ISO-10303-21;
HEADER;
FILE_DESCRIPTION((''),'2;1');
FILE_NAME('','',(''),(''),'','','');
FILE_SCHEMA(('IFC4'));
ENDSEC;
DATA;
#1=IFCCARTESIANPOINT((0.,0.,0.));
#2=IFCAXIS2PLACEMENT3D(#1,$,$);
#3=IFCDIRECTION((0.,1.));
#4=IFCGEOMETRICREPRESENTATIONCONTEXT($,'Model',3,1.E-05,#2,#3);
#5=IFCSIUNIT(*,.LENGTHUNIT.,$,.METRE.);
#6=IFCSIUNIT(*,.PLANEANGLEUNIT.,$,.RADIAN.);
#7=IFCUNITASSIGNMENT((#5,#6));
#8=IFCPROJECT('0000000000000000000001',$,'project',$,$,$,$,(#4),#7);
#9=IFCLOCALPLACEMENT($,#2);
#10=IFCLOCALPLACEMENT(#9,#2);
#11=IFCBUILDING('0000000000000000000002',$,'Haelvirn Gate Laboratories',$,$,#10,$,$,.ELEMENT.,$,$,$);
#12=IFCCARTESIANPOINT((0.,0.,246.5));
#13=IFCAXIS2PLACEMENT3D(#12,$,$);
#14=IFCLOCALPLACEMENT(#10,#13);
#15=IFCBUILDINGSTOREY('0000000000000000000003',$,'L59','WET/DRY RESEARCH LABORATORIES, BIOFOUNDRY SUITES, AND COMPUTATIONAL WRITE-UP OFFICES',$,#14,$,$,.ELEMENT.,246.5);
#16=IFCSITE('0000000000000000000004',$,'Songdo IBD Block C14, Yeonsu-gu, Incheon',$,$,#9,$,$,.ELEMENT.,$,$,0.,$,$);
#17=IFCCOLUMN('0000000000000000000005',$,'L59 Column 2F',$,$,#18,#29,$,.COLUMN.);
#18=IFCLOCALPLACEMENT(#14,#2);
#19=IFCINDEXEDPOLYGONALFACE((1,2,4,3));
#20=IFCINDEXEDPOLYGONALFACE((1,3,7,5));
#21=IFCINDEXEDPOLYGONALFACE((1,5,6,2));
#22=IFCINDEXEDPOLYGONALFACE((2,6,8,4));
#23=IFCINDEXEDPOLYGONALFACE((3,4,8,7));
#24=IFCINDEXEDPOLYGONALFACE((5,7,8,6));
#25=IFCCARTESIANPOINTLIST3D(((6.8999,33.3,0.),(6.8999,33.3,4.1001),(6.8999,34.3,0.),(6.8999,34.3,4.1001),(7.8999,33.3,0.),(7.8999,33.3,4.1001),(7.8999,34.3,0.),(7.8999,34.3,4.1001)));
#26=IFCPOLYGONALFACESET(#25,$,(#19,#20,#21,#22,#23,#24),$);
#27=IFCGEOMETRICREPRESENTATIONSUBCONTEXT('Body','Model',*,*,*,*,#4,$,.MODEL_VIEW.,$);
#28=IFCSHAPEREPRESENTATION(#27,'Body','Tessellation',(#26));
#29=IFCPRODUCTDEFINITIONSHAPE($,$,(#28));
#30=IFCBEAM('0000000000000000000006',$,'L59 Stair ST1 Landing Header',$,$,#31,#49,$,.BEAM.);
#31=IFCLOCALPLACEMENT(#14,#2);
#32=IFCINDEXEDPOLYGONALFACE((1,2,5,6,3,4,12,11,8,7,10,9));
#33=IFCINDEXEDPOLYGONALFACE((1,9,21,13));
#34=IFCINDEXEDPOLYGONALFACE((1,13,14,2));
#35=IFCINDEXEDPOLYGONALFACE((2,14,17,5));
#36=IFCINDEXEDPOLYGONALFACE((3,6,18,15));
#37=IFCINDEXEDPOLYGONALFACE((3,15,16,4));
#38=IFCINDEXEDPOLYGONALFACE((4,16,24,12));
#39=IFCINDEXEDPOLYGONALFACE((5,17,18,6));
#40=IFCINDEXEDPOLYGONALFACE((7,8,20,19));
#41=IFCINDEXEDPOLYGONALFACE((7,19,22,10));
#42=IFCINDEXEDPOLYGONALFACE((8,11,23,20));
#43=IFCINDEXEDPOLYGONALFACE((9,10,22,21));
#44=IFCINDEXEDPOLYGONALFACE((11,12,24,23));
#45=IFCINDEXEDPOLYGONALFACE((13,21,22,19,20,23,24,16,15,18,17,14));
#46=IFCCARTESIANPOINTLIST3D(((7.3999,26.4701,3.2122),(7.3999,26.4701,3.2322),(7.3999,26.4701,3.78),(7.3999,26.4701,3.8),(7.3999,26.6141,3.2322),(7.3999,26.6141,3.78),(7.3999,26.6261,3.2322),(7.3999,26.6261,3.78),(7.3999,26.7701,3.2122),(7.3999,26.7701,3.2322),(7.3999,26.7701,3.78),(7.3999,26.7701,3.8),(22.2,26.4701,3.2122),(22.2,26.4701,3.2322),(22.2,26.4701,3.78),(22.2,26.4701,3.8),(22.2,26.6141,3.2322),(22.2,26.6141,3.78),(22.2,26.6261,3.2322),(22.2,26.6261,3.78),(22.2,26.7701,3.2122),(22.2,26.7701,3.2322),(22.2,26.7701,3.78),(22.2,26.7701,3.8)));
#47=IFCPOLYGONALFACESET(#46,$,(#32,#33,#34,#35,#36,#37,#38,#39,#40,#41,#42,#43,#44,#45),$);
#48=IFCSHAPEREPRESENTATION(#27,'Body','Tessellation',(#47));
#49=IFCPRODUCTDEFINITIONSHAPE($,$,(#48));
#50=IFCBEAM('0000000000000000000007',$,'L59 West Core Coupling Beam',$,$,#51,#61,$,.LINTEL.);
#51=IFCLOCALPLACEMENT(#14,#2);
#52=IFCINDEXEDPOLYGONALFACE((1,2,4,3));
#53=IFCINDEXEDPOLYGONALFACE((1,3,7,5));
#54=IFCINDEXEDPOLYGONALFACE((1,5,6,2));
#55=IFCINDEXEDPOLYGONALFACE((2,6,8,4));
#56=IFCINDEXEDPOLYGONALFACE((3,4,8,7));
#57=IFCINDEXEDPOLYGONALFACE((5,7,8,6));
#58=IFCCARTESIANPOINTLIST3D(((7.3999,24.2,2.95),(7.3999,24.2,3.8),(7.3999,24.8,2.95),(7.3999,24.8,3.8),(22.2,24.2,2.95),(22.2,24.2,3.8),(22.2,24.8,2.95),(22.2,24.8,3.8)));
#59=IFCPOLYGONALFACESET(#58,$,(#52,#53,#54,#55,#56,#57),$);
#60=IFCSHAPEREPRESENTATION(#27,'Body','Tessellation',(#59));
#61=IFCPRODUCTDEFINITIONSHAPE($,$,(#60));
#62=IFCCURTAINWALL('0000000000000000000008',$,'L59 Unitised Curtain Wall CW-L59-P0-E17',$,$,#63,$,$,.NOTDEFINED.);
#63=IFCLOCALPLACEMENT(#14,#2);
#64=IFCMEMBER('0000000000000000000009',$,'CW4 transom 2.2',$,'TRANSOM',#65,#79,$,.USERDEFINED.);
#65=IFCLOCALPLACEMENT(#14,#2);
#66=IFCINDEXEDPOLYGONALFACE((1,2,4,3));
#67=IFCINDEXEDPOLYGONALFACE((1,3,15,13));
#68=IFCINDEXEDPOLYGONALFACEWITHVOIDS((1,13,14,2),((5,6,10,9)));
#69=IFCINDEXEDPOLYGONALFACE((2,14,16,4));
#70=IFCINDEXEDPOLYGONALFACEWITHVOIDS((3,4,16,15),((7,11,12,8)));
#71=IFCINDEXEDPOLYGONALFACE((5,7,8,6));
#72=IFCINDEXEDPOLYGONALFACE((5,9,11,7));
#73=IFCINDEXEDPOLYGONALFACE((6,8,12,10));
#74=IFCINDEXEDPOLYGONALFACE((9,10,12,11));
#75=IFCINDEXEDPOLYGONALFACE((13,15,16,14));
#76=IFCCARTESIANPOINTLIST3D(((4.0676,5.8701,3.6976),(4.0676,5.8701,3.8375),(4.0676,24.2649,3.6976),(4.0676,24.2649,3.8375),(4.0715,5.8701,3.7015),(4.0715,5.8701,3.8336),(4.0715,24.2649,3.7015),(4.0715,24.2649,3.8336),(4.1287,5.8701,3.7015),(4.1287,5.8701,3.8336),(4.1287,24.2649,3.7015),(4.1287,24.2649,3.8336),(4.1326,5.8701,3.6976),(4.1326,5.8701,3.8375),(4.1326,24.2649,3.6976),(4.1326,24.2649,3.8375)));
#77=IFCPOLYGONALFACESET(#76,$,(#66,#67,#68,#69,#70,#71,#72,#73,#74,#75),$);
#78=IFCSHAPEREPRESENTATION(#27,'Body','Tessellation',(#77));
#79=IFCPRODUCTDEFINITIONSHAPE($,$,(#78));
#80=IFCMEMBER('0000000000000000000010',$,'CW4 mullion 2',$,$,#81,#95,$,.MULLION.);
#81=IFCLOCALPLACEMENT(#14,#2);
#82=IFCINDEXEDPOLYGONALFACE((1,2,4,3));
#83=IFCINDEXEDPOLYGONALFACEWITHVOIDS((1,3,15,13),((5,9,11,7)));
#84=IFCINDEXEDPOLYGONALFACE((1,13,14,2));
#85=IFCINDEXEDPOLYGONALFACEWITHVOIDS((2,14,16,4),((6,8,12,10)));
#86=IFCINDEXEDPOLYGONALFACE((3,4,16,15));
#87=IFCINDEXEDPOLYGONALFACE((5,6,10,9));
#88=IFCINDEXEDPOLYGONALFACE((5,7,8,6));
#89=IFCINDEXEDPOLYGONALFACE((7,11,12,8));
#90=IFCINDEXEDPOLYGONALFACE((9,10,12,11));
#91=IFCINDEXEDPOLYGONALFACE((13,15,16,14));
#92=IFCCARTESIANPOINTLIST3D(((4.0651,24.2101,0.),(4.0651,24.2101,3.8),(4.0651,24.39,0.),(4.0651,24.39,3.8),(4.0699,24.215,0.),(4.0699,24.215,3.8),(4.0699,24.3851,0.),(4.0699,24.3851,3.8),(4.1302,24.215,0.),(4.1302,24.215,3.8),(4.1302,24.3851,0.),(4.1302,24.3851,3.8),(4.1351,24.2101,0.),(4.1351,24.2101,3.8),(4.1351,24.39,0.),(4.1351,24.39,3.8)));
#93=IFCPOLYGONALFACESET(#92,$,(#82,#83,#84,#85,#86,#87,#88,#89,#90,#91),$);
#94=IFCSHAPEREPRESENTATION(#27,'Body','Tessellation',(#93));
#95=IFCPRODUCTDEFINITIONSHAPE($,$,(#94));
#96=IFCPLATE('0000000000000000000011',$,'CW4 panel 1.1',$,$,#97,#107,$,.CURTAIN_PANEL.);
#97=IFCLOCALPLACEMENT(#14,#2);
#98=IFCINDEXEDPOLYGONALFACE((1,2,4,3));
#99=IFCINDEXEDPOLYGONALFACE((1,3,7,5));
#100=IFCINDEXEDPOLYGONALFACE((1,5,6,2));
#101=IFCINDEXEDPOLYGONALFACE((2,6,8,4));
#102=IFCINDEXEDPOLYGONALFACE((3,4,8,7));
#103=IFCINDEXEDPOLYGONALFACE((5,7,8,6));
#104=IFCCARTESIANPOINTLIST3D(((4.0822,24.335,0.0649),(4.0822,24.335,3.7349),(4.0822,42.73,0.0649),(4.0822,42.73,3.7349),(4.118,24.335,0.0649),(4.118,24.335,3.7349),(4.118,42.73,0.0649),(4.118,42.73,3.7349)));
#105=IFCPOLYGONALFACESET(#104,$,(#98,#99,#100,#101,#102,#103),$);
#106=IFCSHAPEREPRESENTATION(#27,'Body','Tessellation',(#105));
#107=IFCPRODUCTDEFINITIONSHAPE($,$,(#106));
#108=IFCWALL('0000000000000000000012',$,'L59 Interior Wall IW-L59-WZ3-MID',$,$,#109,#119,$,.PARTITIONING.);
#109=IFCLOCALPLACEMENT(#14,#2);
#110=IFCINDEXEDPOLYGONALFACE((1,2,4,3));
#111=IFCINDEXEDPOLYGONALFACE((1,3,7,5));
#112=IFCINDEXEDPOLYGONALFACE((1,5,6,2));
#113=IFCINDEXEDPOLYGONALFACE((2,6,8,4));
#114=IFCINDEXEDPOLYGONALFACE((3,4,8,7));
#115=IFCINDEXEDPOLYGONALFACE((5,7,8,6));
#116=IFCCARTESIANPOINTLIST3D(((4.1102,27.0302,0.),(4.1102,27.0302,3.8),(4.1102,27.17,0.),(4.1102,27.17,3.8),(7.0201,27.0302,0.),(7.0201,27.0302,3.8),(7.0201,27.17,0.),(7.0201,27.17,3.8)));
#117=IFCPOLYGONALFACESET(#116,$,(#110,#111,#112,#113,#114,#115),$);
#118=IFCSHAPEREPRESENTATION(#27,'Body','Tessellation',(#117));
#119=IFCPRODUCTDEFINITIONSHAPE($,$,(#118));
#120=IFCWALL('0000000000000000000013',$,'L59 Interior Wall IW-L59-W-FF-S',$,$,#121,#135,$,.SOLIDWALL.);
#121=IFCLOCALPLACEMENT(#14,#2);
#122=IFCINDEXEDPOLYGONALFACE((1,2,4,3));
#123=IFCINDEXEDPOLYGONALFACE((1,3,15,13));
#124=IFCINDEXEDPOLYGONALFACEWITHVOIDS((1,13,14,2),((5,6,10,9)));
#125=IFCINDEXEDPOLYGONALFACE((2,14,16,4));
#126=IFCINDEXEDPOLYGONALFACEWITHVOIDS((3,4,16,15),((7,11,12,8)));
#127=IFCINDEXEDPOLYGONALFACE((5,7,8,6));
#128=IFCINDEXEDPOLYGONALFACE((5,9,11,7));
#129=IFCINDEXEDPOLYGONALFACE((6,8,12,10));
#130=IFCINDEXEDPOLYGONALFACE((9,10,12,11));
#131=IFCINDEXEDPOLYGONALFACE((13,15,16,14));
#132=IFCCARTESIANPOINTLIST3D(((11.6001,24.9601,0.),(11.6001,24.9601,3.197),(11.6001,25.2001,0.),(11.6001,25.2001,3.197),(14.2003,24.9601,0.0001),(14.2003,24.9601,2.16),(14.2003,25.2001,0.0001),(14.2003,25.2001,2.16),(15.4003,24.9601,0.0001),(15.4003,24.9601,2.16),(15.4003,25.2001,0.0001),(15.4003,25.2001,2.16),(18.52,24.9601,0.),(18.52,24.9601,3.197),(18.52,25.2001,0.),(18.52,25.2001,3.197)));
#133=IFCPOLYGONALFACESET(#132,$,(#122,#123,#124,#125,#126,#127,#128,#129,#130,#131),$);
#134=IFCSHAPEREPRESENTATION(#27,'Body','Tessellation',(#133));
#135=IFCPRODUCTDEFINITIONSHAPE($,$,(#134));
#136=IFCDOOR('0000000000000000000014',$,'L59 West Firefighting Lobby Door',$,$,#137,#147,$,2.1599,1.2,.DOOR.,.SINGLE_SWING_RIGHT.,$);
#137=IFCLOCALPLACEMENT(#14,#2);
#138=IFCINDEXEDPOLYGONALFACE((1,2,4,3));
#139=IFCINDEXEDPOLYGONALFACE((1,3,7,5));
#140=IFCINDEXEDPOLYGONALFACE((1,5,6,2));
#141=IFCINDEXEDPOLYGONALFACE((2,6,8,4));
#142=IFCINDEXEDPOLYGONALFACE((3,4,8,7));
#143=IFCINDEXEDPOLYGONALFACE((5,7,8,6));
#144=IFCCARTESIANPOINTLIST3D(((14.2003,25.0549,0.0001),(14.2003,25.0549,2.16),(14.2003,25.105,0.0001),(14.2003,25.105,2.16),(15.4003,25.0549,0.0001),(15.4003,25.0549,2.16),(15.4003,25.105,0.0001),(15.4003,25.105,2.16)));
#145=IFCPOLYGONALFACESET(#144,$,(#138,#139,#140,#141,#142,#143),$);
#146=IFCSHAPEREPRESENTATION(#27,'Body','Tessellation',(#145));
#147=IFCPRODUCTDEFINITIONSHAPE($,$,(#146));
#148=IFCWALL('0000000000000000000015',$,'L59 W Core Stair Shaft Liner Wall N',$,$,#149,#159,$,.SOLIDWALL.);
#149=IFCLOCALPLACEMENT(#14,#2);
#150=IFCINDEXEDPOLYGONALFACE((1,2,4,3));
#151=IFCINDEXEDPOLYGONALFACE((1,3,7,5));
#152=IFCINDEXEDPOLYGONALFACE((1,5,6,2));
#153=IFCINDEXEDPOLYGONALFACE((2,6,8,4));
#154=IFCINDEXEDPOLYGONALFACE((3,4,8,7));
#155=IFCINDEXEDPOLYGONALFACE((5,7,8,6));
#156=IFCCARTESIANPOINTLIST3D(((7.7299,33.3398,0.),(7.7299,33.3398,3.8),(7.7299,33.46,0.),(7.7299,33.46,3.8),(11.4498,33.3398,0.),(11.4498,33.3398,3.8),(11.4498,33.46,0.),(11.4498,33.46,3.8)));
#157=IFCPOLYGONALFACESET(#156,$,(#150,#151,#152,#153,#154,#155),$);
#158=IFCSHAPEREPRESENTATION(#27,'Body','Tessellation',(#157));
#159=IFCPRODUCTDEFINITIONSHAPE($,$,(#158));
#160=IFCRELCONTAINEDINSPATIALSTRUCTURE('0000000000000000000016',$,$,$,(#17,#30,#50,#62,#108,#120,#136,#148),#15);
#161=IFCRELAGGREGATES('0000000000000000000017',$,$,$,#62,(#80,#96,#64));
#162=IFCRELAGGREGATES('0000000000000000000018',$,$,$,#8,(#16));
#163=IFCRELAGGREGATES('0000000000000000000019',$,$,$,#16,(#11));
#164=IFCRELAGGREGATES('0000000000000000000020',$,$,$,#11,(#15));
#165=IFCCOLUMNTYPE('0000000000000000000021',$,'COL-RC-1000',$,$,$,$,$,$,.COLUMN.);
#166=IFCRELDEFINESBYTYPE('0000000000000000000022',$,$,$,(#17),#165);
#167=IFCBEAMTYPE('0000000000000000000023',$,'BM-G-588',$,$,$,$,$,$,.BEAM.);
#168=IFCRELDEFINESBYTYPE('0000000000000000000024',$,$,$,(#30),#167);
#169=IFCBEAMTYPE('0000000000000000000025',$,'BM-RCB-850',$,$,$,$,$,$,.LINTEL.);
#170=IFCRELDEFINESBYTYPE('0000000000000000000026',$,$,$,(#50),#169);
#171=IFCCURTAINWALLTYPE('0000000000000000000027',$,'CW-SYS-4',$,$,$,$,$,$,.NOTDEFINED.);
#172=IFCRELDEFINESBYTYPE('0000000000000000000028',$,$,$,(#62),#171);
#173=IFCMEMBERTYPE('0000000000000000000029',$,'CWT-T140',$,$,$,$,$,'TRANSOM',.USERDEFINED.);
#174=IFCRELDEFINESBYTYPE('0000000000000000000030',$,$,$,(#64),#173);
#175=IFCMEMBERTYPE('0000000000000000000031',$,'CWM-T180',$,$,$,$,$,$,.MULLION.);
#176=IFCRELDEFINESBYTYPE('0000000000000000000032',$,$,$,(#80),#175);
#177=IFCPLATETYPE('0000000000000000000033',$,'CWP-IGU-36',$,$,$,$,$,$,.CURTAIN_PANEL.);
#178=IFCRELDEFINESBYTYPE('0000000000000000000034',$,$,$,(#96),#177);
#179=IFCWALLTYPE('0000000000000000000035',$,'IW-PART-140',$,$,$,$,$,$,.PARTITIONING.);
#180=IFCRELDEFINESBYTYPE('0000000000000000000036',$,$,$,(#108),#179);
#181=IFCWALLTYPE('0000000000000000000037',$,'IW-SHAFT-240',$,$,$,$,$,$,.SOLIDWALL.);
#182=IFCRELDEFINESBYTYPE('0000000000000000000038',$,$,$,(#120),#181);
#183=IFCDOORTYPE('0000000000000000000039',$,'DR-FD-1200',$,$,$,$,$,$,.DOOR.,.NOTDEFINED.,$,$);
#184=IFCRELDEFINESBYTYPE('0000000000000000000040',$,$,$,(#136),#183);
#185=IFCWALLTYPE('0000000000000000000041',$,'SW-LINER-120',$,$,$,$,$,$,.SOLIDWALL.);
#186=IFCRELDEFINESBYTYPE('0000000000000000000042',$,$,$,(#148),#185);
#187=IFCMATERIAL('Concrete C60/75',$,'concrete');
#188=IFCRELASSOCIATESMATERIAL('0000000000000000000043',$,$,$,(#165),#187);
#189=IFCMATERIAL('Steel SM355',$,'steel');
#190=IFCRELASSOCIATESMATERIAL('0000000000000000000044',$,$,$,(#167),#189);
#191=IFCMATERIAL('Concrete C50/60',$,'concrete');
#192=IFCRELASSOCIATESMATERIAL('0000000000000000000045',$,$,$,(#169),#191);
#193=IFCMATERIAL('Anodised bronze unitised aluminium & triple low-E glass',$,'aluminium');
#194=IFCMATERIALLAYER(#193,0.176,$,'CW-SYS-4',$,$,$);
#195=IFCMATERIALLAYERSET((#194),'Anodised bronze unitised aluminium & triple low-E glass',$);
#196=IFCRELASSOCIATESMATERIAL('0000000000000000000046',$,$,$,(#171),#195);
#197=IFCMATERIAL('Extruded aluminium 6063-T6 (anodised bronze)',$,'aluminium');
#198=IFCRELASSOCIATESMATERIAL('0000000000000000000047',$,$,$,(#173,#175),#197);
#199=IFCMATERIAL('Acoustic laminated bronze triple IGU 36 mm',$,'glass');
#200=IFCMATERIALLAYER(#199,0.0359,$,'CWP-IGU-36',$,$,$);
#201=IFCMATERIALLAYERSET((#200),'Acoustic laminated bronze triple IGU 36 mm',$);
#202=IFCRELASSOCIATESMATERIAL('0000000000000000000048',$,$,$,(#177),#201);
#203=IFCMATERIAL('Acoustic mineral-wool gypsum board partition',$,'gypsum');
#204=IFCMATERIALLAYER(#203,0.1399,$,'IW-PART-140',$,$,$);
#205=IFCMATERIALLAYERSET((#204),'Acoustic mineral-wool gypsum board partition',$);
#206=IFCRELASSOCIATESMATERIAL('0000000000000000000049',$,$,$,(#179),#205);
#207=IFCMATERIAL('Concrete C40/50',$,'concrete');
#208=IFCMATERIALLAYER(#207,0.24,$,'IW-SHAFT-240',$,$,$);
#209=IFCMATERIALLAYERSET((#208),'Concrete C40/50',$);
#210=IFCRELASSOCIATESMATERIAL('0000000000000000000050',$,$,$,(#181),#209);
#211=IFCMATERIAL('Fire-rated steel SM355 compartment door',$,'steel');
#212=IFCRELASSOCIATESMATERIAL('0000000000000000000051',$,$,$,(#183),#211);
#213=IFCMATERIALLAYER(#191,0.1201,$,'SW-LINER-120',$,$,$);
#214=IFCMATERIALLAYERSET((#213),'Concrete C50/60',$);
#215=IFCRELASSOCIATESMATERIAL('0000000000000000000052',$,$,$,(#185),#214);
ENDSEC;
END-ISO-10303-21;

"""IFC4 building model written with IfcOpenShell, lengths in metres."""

from ifc_helpers import new_model, si_unit, direction, frame, frame_2d, origin, origin_2d, place, context, subcontext, project, spatial, rectangle, hollow_rectangle, i_section, extrude, source, transform, mapped, material, layer, layer_set, material_profile, profile_set, type_object, type_shapes, element, fill, aggregate, save


model = new_model("IFC4")

# Units and contexts
model_context = context("Model", 3, precision=1e-05, world=origin(), true_north=direction((0.0, 1.0)))
body_context = subcontext(model_context, "Body", "Model", "MODEL_VIEW")
ifc_project = project(units=[si_unit("LENGTHUNIT", "METRE"), si_unit("PLANEANGLEUNIT", "RADIAN")], contexts=[model_context])

# Site, building, storey
site_placement = place(None, origin())
site = spatial("IfcSite", under=ifc_project, at=site_placement, Name="Songdo IBD Block C14, Yeonsu-gu, Incheon", CompositionType="ELEMENT", RefElevation=0.0)
building_placement = place(site_placement, origin())
building = spatial("IfcBuilding", under=site, at=building_placement, Name="Haelvirn Gate Laboratories", CompositionType="ELEMENT")
storey_placement = place(building_placement, frame((0.0, 0.0, 246.5)))
storey = spatial("IfcBuildingStorey", under=building, at=storey_placement, Name="L59", Description="WET/DRY RESEARCH LABORATORIES, BIOFOUNDRY SUITES, AND COMPUTATIONAL WRITE-UP OFFICES", CompositionType="ELEMENT", Elevation=246.5)

# Column
ifc_material_1 = material(Name="Concrete C60/75", Category="concrete")
ifc_material_profile_1 = material_profile(ifc_material_1, rectangle(XDim=1.0, YDim=1.0, at=origin_2d()), Name="RC-1000x1000")
ifc_profile_set_1 = profile_set([ifc_material_profile_1], Name="Concrete C60/75")
column_type = type_object("IfcColumnType", Name="COL-RC-1000", PredefinedType="COLUMN", material=ifc_profile_set_1)
shared_shape_1 = source(origin(), body_context, "Body", "SweptSolid", [
    extrude(rectangle(XDim=1.0, YDim=1.0, at=origin_2d()), origin(), (0.0, 0.0, 1.0), 4.1001),
])
type_shapes(column_type, [shared_shape_1])
column_placement = place(storey_placement, frame((7.3999, 33.8, 0.0), z_axis=(0.0, 0.0, 1.0), x_axis=(1.0, 0.0, 0.0)))
element("IfcColumn", 1, at=column_placement, inside=storey, type_object=column_type, Name="L59 Column 2F", PredefinedType="COLUMN", context=body_context, shape_type="MappedRepresentation", body=[
    mapped(shared_shape_1, transform((0.0, 0.0, 0.0), scale=1.0)),
])

# Beams
ifc_material_2 = material(Name="Steel SM355", Category="steel")
ifc_material_profile_2 = material_profile(ifc_material_2, i_section(OverallWidth=0.3, OverallDepth=0.5879, WebThickness=0.012, FlangeThickness=0.02, at=origin_2d()), Name="H-588x300x12x20")
ifc_profile_set_2 = profile_set([ifc_material_profile_2], Name="Steel SM355")
beam_type_1 = type_object("IfcBeamType", Name="BM-G-588", PredefinedType="BEAM", material=ifc_profile_set_2)
shared_shape_2 = source(origin(), body_context, "Body", "SweptSolid", [
    extrude(i_section(OverallWidth=0.3, OverallDepth=0.5879, WebThickness=0.012, FlangeThickness=0.02, at=origin_2d()), origin(), (0.0, 0.0, 1.0), 14.8),
])
type_shapes(beam_type_1, [shared_shape_2])
beam_1_placement = place(storey_placement, frame((7.3999, 26.6201, 3.5061), z_axis=(1.0, 0.0, 0.0), x_axis=(0.0, 1.0, 0.0)))
element("IfcBeam", 2, at=beam_1_placement, inside=storey, type_object=beam_type_1, Name="L59 Stair ST1 Landing Header", PredefinedType="BEAM", context=body_context, shape_type="MappedRepresentation", body=[
    mapped(shared_shape_2, transform((0.0, 0.0, 0.0), scale=1.0)),
])
ifc_material_3 = material(Name="Concrete C50/60", Category="concrete")
ifc_material_profile_3 = material_profile(ifc_material_3, rectangle(XDim=0.6001, YDim=0.8501, at=origin_2d()), Name="RCB-600x850")
ifc_profile_set_3 = profile_set([ifc_material_profile_3], Name="Concrete C50/60")
beam_type_2 = type_object("IfcBeamType", Name="BM-RCB-850", PredefinedType="LINTEL", material=ifc_profile_set_3)
shared_shape_3 = source(origin(), body_context, "Body", "SweptSolid", [
    extrude(rectangle(XDim=0.6001, YDim=0.8501, at=origin_2d()), origin(), (0.0, 0.0, 1.0), 14.8),
])
type_shapes(beam_type_2, [shared_shape_3])
beam_2_placement = place(storey_placement, frame((7.3999, 24.5, 3.375), z_axis=(1.0, 0.0, 0.0), x_axis=(0.0, 1.0, 0.0)))
element("IfcBeam", 3, at=beam_2_placement, inside=storey, type_object=beam_type_2, Name="L59 West Core Coupling Beam", PredefinedType="LINTEL", context=body_context, shape_type="MappedRepresentation", body=[
    mapped(shared_shape_3, transform((0.0, 0.0, 0.0), scale=1.0)),
])

# Curtain wall, members, plate
ifc_material_4 = material(Name="Anodised bronze unitised aluminium & triple low-E glass", Category="aluminium")
ifc_layer_1 = layer(ifc_material_4, 0.176, Name="CW-SYS-4")
ifc_layer_set_1 = layer_set([ifc_layer_1], Name="Anodised bronze unitised aluminium & triple low-E glass")
curtain_wall_type = type_object("IfcCurtainWallType", Name="CW-SYS-4", PredefinedType="NOTDEFINED", material=ifc_layer_set_1)
curtain_wall_placement = place(storey_placement, origin())
curtain_wall = element("IfcCurtainWall", 4, at=curtain_wall_placement, inside=storey, type_object=curtain_wall_type, Name="L59 Unitised Curtain Wall CW-L59-P0-E17", PredefinedType="NOTDEFINED")
ifc_material_5 = material(Name="Extruded aluminium 6063-T6 (anodised bronze)", Category="aluminium")
ifc_material_profile_4 = material_profile(ifc_material_5, hollow_rectangle(XDim=0.0649, YDim=0.1399, WallThickness=0.0039, at=origin_2d()), Name="CWT-140x65x4")
ifc_profile_set_4 = profile_set([ifc_material_profile_4], Name="Extruded aluminium 6063-T6 (anodised bronze)")
member_type_1 = type_object("IfcMemberType", Name="CWT-T140", ElementType="TRANSOM", PredefinedType="USERDEFINED", material=ifc_profile_set_4)
shared_shape_4 = source(origin(), body_context, "Body", "SweptSolid", [
    extrude(hollow_rectangle(XDim=0.0649, YDim=0.1399, WallThickness=0.0039, at=origin_2d()), origin(), (0.0, 0.0, 1.0), 18.3948),
])
type_shapes(member_type_1, [shared_shape_4])
member_1_placement = place(storey_placement, frame((4.1001, 24.2649, 3.7676), z_axis=(0.0, -1.0, 0.0), x_axis=(1.0, 0.0, 0.0)))
member_1 = element("IfcMember", 5, at=member_1_placement, type_object=member_type_1, Name="CW4 transom 2.2", ObjectType="TRANSOM", PredefinedType="USERDEFINED", context=body_context, shape_type="MappedRepresentation", body=[
    mapped(shared_shape_4, transform((0.0, 0.0, 0.0), scale=1.0)),
])
ifc_material_profile_5 = material_profile(ifc_material_5, hollow_rectangle(XDim=0.0701, YDim=0.1799, WallThickness=0.0049, at=origin_2d()), Name="CWM-180x70x5")
ifc_profile_set_5 = profile_set([ifc_material_profile_5], Name="Extruded aluminium 6063-T6 (anodised bronze)")
member_type_2 = type_object("IfcMemberType", Name="CWM-T180", PredefinedType="MULLION", material=ifc_profile_set_5)
shared_shape_5 = source(origin(), body_context, "Body", "SweptSolid", [
    extrude(hollow_rectangle(XDim=0.0701, YDim=0.1799, WallThickness=0.0049, at=origin_2d()), origin(), (0.0, 0.0, 1.0), 3.8),
])
type_shapes(member_type_2, [shared_shape_5])
member_2_placement = place(storey_placement, frame((4.1001, 24.3, 0.0), z_axis=(0.0, 0.0, 1.0), x_axis=(1.0, 0.0, 0.0)))
member_2 = element("IfcMember", 6, at=member_2_placement, type_object=member_type_2, Name="CW4 mullion 2", PredefinedType="MULLION", context=body_context, shape_type="MappedRepresentation", body=[
    mapped(shared_shape_5, transform((0.0, 0.0, 0.0), scale=1.0)),
])
ifc_material_6 = material(Name="Acoustic laminated bronze triple IGU 36 mm", Category="glass")
ifc_layer_2 = layer(ifc_material_6, 0.0359, Name="CWP-IGU-36")
ifc_layer_set_2 = layer_set([ifc_layer_2], Name="Acoustic laminated bronze triple IGU 36 mm")
plate_type = type_object("IfcPlateType", Name="CWP-IGU-36", PredefinedType="CURTAIN_PANEL", material=ifc_layer_set_2)
shared_shape_6 = source(origin(), body_context, "Body", "SweptSolid", [
    extrude(rectangle(XDim=18.395, YDim=0.0359, at=origin_2d()), origin(), (0.0, 0.0, 1.0), 3.6699),
])
type_shapes(plate_type, [shared_shape_6])
plate_placement = place(storey_placement, frame((4.1001, 33.5325, 0.0649), z_axis=(0.0, 0.0, 1.0), x_axis=(0.0, -1.0, 0.0)))
plate = element("IfcPlate", 7, at=plate_placement, type_object=plate_type, Name="CW4 panel 1.1", PredefinedType="CURTAIN_PANEL", context=body_context, shape_type="MappedRepresentation", body=[
    mapped(shared_shape_6, transform((0.0, 0.0, 0.0), scale=1.0)),
])
aggregate(curtain_wall, [member_2, plate, member_1])

# Wall
ifc_material_7 = material(Name="Acoustic mineral-wool gypsum board partition", Category="gypsum")
ifc_layer_3 = layer(ifc_material_7, 0.1399, Name="IW-PART-140")
ifc_layer_set_3 = layer_set([ifc_layer_3], Name="Acoustic mineral-wool gypsum board partition")
wall_type_1 = type_object("IfcWallType", Name="IW-PART-140", PredefinedType="PARTITIONING", material=ifc_layer_set_3)
wall_1_placement = place(storey_placement, frame((4.1101, 27.1001, 0.0), z_axis=(0.0, 0.0, 1.0), x_axis=(1.0, 0.0, 0.0)))
element("IfcWall", 8, at=wall_1_placement, inside=storey, type_object=wall_type_1, Name="L59 Interior Wall IW-L59-WZ3-MID", PredefinedType="PARTITIONING", context=body_context, shape_type="SweptSolid", body=[
    extrude(rectangle(XDim=2.9099, YDim=0.1399, at=frame_2d((1.4551, 0.0))), origin(), (0.0, 0.0, 1.0), 3.8),
])

# Wall, opening, door
ifc_material_8 = material(Name="Concrete C40/50", Category="concrete")
ifc_layer_4 = layer(ifc_material_8, 0.24, Name="IW-SHAFT-240")
ifc_layer_set_4 = layer_set([ifc_layer_4], Name="Concrete C40/50")
wall_type_2 = type_object("IfcWallType", Name="IW-SHAFT-240", PredefinedType="SOLIDWALL", material=ifc_layer_set_4)
wall_2_placement = place(storey_placement, frame((11.6001, 25.0801, 0.0), z_axis=(0.0, 0.0, 1.0), x_axis=(1.0, 0.0, 0.0)))
wall_2 = element("IfcWall", 9, at=wall_2_placement, inside=storey, type_object=wall_type_2, Name="L59 Interior Wall IW-L59-W-FF-S", PredefinedType="SOLIDWALL", context=body_context, shape_type="SweptSolid", body=[
    extrude(rectangle(XDim=6.9199, YDim=0.24, at=frame_2d((3.46, 0.0))), origin(), (0.0, 0.0, 1.0), 3.197),
])
opening_1_placement = place(wall_2_placement, frame((2.6001, 0.0, 0.0)))
opening_1 = element("IfcOpeningElement", 10, at=opening_1_placement, cuts=wall_2, PredefinedType="OPENING", context=body_context, shape_type="SweptSolid", body=[
    extrude(rectangle(XDim=1.2, YDim=2.1599, at=frame_2d((0.6001, 1.0801))), frame((0.0, 0.1299, 0.0), z_axis=(0.0, -1.0, 0.0), x_axis=(1.0, 0.0, 0.0)), (0.0, 0.0, 1.0), 0.26),
])
ifc_material_9 = material(Name="Fire-rated steel SM355 compartment door", Category="steel")
door_type_1 = type_object("IfcDoorType", Name="DR-FD-1200", OperationType="NOTDEFINED", PredefinedType="DOOR", material=ifc_material_9)
shared_shape_7 = source(origin(), body_context, "Body", "SweptSolid", [
    extrude(rectangle(XDim=1.2, YDim=2.1599, at=frame_2d((0.6001, 1.0801))), frame((0.0, 0.0249, 0.0), z_axis=(0.0, -1.0, 0.0), x_axis=(1.0, 0.0, 0.0)), (0.0, 0.0, 1.0), 0.05),
])
type_shapes(door_type_1, [shared_shape_7])
door_1_placement = place(opening_1_placement, origin())
door_1 = element("IfcDoor", 11, at=door_1_placement, inside=storey, type_object=door_type_1, Name="L59 West Firefighting Lobby Door", OperationType="SINGLE_SWING_RIGHT", OverallHeight=2.1599, OverallWidth=1.2, PredefinedType="DOOR", context=body_context, shape_type="MappedRepresentation", body=[
    mapped(shared_shape_7, transform((0.0, 0.0, 0.0), scale=1.0)),
])
fill(opening_1, door_1)

# Wall
ifc_layer_5 = layer(ifc_material_3, 0.1201, Name="SW-LINER-120")
ifc_layer_set_5 = layer_set([ifc_layer_5], Name="Concrete C50/60")
wall_type_3 = type_object("IfcWallType", Name="SW-LINER-120", PredefinedType="SOLIDWALL", material=ifc_layer_set_5)
wall_3_placement = place(storey_placement, frame((7.73, 33.3999, 0.0), z_axis=(0.0, 0.0, 1.0), x_axis=(1.0, 0.0, 0.0)))
element("IfcWall", 12, at=wall_3_placement, inside=storey, type_object=wall_type_3, Name="L59 W Core Stair Shaft Liner Wall N", PredefinedType="SOLIDWALL", context=body_context, shape_type="SweptSolid", body=[
    extrude(rectangle(XDim=3.72, YDim=0.1201, at=frame_2d((1.8599, 0.0))), origin(), (0.0, 0.0, 1.0), 3.8),
])

save(model, "model.ifc")
